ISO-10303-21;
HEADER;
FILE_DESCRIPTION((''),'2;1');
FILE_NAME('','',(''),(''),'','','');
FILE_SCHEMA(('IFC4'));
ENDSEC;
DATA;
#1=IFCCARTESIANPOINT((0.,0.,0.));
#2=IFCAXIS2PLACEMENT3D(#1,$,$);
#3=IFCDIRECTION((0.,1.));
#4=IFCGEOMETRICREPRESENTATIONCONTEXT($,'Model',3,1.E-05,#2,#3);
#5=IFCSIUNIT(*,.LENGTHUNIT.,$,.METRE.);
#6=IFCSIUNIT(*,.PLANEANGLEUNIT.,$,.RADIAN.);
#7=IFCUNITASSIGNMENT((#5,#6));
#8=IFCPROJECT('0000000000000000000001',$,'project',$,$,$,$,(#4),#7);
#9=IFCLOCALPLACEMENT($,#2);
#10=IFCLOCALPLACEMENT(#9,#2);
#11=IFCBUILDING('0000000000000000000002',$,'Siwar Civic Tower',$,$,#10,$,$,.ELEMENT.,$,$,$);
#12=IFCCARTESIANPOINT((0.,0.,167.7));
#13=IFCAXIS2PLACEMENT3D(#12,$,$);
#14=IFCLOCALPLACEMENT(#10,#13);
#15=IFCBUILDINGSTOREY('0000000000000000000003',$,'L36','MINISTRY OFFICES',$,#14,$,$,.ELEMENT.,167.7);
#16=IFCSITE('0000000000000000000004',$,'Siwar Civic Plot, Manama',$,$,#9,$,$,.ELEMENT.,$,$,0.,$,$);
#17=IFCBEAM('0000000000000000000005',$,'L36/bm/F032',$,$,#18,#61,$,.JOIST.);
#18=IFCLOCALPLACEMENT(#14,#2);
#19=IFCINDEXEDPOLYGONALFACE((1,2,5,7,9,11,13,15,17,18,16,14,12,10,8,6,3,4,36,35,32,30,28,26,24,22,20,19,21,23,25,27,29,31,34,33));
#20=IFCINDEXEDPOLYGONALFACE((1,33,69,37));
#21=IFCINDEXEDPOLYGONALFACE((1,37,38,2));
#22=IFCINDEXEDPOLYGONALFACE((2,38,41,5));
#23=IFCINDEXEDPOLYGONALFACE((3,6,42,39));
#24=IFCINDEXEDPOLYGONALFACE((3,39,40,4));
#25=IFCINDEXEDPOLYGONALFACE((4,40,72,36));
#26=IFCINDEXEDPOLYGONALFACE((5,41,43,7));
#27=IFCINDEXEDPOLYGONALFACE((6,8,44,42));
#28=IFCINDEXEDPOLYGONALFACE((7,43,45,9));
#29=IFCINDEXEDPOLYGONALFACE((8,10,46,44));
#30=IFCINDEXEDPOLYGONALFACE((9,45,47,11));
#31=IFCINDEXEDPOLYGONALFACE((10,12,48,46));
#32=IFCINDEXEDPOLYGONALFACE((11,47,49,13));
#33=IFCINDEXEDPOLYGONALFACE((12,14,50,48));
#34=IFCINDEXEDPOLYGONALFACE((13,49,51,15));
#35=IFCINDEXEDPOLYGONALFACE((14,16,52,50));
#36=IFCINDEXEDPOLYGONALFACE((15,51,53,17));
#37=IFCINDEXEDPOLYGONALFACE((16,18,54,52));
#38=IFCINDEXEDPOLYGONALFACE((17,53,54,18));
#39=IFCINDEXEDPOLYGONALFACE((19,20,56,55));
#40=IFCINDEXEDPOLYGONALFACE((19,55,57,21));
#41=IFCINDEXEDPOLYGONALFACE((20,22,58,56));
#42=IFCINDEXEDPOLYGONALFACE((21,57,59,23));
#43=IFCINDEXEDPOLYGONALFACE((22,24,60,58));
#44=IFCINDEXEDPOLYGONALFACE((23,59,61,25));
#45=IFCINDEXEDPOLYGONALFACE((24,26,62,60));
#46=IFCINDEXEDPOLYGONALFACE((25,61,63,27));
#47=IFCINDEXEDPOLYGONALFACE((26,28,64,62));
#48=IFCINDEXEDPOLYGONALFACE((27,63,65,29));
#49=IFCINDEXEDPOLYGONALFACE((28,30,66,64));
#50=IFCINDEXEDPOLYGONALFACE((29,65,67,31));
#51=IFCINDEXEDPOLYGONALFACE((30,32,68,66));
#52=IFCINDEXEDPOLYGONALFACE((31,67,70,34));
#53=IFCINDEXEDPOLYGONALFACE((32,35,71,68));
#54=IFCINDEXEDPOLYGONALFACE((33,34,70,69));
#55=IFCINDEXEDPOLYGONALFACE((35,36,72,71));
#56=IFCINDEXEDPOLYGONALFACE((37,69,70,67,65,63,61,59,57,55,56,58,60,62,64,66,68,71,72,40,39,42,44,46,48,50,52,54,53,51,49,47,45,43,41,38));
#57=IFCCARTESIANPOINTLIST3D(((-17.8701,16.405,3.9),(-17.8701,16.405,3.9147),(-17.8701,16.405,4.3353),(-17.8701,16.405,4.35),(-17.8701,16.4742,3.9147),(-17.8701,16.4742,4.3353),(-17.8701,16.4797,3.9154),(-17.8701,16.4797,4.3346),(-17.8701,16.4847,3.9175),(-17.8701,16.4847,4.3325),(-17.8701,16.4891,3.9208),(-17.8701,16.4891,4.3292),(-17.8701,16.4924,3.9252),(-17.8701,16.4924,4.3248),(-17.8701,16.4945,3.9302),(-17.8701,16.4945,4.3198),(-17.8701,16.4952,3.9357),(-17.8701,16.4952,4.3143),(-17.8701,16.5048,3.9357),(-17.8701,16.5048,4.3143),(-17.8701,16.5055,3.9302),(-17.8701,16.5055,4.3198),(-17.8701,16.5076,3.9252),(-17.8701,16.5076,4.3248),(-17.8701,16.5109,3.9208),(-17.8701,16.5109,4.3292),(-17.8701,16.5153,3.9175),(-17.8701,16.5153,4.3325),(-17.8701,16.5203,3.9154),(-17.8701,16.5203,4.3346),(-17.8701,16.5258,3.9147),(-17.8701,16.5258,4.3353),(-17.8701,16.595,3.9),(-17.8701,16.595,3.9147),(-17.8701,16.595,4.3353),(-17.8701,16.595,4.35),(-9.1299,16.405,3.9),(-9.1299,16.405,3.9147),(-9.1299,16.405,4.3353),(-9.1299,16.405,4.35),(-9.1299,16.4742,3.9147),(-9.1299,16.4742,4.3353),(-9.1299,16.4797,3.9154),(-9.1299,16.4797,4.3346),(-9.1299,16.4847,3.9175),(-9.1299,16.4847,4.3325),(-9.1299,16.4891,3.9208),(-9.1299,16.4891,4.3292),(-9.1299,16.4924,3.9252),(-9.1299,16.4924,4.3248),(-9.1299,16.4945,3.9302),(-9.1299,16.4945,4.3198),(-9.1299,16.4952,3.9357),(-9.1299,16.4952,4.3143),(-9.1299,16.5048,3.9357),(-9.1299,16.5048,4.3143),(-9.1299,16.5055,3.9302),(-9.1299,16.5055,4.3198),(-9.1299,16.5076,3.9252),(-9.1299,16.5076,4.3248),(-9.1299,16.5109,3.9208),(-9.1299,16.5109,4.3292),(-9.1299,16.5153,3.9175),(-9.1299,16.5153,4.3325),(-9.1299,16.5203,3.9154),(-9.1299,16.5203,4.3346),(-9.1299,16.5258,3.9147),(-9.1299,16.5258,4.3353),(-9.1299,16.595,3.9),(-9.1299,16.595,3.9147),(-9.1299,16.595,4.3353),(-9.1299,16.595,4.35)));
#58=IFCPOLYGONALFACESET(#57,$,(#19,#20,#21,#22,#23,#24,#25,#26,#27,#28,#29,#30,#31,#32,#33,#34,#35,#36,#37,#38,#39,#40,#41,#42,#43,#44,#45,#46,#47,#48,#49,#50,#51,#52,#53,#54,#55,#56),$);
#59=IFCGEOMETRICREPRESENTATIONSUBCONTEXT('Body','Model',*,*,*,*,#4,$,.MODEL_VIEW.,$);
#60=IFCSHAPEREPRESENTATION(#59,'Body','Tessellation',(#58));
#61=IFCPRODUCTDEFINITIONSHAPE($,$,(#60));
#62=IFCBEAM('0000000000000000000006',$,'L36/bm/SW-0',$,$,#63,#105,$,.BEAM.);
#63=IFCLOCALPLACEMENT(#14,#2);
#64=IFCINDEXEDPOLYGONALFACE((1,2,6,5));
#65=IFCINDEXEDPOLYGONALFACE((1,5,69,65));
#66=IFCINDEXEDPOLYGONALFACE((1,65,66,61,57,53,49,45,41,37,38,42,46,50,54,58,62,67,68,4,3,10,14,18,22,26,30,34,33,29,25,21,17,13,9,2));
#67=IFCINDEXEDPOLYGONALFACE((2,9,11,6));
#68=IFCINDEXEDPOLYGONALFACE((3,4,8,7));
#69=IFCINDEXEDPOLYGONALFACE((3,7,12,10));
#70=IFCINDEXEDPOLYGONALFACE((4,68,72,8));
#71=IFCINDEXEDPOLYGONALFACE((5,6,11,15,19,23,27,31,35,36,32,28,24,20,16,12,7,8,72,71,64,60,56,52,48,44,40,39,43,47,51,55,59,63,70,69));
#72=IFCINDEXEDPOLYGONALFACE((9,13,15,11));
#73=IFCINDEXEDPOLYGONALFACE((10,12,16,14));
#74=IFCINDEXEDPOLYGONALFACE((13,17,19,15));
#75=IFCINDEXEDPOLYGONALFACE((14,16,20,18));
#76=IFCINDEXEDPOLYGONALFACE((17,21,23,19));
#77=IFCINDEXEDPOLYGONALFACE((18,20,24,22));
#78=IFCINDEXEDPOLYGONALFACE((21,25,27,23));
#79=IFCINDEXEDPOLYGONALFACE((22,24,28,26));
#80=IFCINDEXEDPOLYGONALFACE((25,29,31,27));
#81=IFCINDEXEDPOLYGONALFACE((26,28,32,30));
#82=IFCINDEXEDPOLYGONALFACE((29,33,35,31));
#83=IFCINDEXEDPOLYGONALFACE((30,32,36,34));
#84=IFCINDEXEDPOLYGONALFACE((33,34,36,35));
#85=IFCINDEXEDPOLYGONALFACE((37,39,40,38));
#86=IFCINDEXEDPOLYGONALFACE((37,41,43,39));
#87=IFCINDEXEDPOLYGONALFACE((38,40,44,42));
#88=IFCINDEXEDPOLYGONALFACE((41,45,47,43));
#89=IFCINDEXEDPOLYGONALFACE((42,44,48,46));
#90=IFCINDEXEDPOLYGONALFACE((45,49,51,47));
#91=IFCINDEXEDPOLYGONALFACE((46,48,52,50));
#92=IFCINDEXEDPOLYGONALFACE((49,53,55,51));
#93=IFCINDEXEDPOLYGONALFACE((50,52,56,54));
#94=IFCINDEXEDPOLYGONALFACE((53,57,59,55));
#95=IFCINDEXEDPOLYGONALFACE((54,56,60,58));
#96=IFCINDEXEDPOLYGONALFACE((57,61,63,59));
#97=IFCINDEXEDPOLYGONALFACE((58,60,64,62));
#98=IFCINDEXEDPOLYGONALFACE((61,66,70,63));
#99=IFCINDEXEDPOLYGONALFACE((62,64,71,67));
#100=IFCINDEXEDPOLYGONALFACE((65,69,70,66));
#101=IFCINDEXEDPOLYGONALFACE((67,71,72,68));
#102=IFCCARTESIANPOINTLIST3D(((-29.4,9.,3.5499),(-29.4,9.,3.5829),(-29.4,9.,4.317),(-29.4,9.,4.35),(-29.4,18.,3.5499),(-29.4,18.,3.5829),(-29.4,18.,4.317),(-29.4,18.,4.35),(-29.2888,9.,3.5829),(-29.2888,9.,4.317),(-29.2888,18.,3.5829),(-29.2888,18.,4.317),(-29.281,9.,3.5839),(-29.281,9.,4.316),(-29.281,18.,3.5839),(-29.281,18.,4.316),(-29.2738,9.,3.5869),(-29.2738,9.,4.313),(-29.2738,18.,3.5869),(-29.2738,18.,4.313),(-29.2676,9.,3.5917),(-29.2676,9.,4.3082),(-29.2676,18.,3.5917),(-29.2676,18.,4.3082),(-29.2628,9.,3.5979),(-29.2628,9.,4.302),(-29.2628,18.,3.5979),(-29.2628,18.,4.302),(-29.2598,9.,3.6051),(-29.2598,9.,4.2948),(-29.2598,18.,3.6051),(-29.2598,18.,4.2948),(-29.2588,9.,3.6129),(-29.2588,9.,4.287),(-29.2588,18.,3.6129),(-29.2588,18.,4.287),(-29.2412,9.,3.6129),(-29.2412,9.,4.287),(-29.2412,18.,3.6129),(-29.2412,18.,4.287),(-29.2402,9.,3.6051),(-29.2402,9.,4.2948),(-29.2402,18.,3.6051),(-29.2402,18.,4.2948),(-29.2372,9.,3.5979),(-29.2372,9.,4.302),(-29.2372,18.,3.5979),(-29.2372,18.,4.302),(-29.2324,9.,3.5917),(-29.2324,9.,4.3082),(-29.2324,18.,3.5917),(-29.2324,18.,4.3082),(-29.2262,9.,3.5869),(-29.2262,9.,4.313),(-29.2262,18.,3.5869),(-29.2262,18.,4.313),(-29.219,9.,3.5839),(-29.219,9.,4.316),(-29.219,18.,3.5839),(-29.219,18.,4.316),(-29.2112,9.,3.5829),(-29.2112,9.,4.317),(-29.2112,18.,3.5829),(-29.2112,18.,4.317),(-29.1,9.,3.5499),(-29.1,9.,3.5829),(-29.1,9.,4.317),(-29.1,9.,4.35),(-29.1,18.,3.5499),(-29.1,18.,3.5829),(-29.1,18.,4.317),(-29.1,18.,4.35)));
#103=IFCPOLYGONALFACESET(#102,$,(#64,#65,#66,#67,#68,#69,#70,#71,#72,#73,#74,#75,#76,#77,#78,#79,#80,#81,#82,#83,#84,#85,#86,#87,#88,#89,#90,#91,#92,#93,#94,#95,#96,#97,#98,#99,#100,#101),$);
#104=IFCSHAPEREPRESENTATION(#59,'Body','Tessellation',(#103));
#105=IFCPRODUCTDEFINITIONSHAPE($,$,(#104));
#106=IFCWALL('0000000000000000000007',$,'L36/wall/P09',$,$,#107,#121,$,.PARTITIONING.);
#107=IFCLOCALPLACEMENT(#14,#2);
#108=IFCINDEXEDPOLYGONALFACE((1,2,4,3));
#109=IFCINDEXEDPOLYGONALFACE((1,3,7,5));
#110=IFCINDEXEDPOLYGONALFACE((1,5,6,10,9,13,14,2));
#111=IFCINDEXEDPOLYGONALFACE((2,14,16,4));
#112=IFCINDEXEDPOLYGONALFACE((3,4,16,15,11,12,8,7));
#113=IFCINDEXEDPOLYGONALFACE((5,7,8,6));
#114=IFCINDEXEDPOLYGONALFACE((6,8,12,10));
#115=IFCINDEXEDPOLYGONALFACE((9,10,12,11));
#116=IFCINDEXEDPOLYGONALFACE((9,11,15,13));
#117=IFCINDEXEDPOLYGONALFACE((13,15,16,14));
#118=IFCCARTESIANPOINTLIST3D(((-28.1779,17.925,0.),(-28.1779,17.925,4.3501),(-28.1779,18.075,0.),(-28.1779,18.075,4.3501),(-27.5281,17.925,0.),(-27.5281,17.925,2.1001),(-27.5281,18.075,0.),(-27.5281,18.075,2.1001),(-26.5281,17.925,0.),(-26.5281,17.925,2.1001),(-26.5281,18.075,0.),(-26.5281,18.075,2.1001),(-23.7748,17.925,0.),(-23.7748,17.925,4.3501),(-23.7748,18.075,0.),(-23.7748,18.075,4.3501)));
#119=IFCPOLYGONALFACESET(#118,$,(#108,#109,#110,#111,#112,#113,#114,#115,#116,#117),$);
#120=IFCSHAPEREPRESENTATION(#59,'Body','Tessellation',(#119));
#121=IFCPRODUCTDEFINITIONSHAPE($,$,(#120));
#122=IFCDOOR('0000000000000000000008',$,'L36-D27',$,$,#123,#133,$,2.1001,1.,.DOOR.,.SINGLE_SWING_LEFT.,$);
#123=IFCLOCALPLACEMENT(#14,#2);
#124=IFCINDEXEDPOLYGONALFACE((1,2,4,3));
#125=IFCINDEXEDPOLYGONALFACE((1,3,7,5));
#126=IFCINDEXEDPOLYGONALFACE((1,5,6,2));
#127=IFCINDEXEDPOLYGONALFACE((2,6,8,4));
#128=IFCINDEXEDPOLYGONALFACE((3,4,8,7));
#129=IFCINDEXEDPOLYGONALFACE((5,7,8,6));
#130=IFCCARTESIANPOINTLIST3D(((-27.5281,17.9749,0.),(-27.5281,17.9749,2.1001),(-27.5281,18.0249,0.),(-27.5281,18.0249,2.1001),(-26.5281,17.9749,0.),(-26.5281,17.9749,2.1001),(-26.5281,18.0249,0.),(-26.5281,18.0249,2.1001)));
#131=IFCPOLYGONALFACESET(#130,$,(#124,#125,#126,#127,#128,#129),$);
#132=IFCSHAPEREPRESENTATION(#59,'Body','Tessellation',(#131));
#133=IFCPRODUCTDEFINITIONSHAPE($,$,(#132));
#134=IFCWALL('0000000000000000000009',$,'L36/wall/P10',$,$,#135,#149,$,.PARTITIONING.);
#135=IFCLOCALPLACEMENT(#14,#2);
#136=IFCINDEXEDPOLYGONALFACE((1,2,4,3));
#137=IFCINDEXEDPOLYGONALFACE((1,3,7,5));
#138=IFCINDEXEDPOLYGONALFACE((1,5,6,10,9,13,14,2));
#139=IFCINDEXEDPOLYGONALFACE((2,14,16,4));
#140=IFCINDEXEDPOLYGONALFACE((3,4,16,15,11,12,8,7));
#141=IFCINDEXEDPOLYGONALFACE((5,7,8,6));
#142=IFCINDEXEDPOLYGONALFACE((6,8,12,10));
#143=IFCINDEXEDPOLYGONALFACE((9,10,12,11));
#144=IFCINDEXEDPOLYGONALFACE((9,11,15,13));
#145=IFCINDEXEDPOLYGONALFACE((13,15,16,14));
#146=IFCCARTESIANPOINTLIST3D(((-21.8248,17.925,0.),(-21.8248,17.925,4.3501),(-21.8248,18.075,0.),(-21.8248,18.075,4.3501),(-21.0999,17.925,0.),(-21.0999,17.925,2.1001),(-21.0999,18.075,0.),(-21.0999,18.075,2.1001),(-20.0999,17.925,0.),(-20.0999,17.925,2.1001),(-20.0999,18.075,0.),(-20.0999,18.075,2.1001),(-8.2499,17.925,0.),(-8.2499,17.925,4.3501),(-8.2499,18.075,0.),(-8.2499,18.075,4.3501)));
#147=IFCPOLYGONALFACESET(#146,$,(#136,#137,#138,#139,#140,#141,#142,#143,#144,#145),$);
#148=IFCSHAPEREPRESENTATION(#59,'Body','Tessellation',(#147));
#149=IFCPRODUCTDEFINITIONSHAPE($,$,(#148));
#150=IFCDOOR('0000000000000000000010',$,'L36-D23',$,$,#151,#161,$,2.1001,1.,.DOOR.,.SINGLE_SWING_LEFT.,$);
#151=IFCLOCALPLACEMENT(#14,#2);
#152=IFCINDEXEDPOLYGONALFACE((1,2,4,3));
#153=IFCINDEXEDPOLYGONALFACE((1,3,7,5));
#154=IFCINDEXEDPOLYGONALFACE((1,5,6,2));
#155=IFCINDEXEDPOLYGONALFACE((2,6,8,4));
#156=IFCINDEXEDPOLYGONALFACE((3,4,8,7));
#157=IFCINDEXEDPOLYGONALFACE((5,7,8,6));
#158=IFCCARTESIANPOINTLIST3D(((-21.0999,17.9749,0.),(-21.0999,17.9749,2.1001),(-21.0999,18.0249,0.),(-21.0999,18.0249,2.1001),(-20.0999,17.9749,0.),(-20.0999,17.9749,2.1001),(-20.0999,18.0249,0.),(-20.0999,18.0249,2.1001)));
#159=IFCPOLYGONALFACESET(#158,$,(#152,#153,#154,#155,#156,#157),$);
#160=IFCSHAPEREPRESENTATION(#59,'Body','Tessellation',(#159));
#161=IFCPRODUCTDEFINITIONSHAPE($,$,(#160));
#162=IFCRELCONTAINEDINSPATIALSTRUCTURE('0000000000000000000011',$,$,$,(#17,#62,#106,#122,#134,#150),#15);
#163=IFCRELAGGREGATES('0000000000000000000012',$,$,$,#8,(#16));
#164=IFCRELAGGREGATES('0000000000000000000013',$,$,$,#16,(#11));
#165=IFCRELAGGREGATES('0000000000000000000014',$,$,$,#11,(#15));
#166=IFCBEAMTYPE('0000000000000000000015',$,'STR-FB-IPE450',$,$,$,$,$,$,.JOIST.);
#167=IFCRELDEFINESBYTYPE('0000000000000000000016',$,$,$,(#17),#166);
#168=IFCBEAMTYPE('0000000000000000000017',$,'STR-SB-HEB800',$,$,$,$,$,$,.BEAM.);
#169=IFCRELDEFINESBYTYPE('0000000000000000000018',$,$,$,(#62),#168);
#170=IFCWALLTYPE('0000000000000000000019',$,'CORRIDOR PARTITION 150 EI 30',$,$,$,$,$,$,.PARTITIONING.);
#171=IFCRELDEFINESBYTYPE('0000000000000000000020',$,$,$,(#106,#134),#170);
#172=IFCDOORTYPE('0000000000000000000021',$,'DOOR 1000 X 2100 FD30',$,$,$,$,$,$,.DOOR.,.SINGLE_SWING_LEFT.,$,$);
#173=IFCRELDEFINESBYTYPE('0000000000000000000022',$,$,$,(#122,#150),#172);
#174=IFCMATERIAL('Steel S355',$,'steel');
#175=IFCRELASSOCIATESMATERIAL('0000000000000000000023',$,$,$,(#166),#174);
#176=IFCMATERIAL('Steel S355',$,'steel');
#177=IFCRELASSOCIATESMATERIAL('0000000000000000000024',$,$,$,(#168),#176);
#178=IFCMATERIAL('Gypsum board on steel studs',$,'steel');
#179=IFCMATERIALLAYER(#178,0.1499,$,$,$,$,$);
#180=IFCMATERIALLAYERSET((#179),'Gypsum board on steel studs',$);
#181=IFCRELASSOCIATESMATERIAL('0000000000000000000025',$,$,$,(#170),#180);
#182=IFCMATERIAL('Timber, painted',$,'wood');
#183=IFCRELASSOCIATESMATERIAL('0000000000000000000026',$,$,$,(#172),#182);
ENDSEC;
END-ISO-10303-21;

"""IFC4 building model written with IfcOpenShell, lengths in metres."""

from ifc_helpers import new_model, si_unit, direction, frame, frame_2d, origin, origin_2d, place, context, subcontext, project, spatial, rectangle, i_section, extrude, material, layer, layer_set, material_profile, profile_set, type_object, element, fill, save


model = new_model("IFC4")

# Units and contexts
model_context = context("Model", 3, precision=1e-05, world=origin(), true_north=direction((0.0, 1.0)))
body_context = subcontext(model_context, "Body", "Model", "MODEL_VIEW")
ifc_project = project(units=[si_unit("LENGTHUNIT", "METRE"), si_unit("PLANEANGLEUNIT", "RADIAN")], contexts=[model_context])

# Site, building, storey
site_placement = place(None, origin())
site = spatial("IfcSite", under=ifc_project, at=site_placement, Name="Siwar Civic Plot, Manama", CompositionType="ELEMENT", RefElevation=0.0)
building_placement = place(site_placement, origin())
building = spatial("IfcBuilding", under=site, at=building_placement, Name="Siwar Civic Tower", CompositionType="ELEMENT")
storey_placement = place(building_placement, frame((0.0, 0.0, 167.7)))
storey = spatial("IfcBuildingStorey", under=building, at=storey_placement, Name="L36", Description="MINISTRY OFFICES", CompositionType="ELEMENT", Elevation=167.7)

# Beams
ifc_material_1 = material(Name="Steel S355", Category="steel")
ifc_material_profile_1 = material_profile(ifc_material_1, i_section(OverallWidth=0.1899, OverallDepth=0.45, WebThickness=0.0095, FlangeThickness=0.0146, FilletRadius=0.021, at=origin_2d()), Name="IPE450")
ifc_profile_set_1 = profile_set([ifc_material_profile_1], Name="Steel S355")
beam_type_1 = type_object("IfcBeamType", Name="STR-FB-IPE450", PredefinedType="JOIST", material=ifc_profile_set_1)
beam_1_placement = place(storey_placement, frame((-17.8701, 16.5, 4.125), z_axis=(1.0, 0.0, 0.0), x_axis=(0.0, 1.0, 0.0)))
element("IfcBeam", 1, at=beam_1_placement, inside=storey, type_object=beam_type_1, Name="L36/bm/F032", PredefinedType="JOIST", context=body_context, shape_type="SweptSolid", body=[
    extrude(i_section(OverallWidth=0.1899, OverallDepth=0.45, WebThickness=0.0095, FlangeThickness=0.0146, FilletRadius=0.021, at=origin_2d()), origin(), (0.0, 0.0, 1.0), 8.7402),
])
ifc_material_2 = material(Name="Steel S355", Category="steel")
ifc_material_profile_2 = material_profile(ifc_material_2, i_section(OverallWidth=0.3, OverallDepth=0.8, WebThickness=0.0176, FlangeThickness=0.033, FilletRadius=0.03, at=origin_2d()), Name="HEB800")
ifc_profile_set_2 = profile_set([ifc_material_profile_2], Name="Steel S355")
beam_type_2 = type_object("IfcBeamType", Name="STR-SB-HEB800", PredefinedType="BEAM", material=ifc_profile_set_2)
beam_2_placement = place(storey_placement, frame((-29.25, 18.0, 3.95), z_axis=(0.0, -1.0, 0.0), x_axis=(1.0, 0.0, 0.0)))
element("IfcBeam", 2, at=beam_2_placement, inside=storey, type_object=beam_type_2, Name="L36/bm/SW-0", PredefinedType="BEAM", context=body_context, shape_type="SweptSolid", body=[
    extrude(i_section(OverallWidth=0.3, OverallDepth=0.8, WebThickness=0.0176, FlangeThickness=0.033, FilletRadius=0.03, at=origin_2d()), origin(), (0.0, 0.0, 1.0), 9.0),
])

# Walls, openings, doors
ifc_material_3 = material(Name="Gypsum board on steel studs", Category="steel")
ifc_layer_1 = layer(ifc_material_3, 0.1499)
ifc_layer_set_1 = layer_set([ifc_layer_1], Name="Gypsum board on steel studs")
wall_type_1 = type_object("IfcWallType", Name="CORRIDOR PARTITION 150 EI 30", PredefinedType="PARTITIONING", material=ifc_layer_set_1)
wall_1_placement = place(storey_placement, frame((-28.178, 18.0, 0.0), z_axis=(0.0, 0.0, 1.0), x_axis=(1.0, 0.0, 0.0)))
wall_1 = element("IfcWall", 3, at=wall_1_placement, inside=storey, type_object=wall_type_1, Name="L36/wall/P09", PredefinedType="PARTITIONING", context=body_context, shape_type="SweptSolid", body=[
    extrude(rectangle(XDim=4.4031, YDim=0.1499, at=frame_2d((2.2017, 0.0))), origin(), (0.0, 0.0, 1.0), 4.3501),
])
opening_1_placement = place(wall_1_placement, frame((0.6499, 0.0, 0.0)))
opening_1 = element("IfcOpeningElement", 4, at=opening_1_placement, cuts=wall_1, PredefinedType="OPENING", context=body_context, shape_type="SweptSolid", body=[
    extrude(rectangle(XDim=1.0, YDim=2.1001, at=frame_2d((0.5, 1.05))), frame((0.0, 0.085, 0.0), z_axis=(0.0, -1.0, 0.0), x_axis=(1.0, 0.0, 0.0)), (0.0, 0.0, 1.0), 0.1699),
])
ifc_material_4 = material(Name="Timber, painted", Category="wood")
door_type_1 = type_object("IfcDoorType", Name="DOOR 1000 X 2100 FD30", OperationType="SINGLE_SWING_LEFT", PredefinedType="DOOR", material=ifc_material_4)
door_1_placement = place(opening_1_placement, origin())
door_1 = element("IfcDoor", 5, at=door_1_placement, inside=storey, type_object=door_type_1, Name="L36-D27", OperationType="SINGLE_SWING_LEFT", OverallHeight=2.1001, OverallWidth=1.0, PredefinedType="DOOR", context=body_context, shape_type="SweptSolid", body=[
    extrude(rectangle(XDim=1.0, YDim=2.1001, at=frame_2d((0.5, 1.05))), frame((0.0, 0.0249, 0.0), z_axis=(0.0, -1.0, 0.0), x_axis=(1.0, 0.0, 0.0)), (0.0, 0.0, 1.0), 0.05),
])
fill(opening_1, door_1)
wall_2_placement = place(storey_placement, frame((-21.825, 18.0, 0.0), z_axis=(0.0, 0.0, 1.0), x_axis=(1.0, 0.0, 0.0)))
wall_2 = element("IfcWall", 6, at=wall_2_placement, inside=storey, type_object=wall_type_1, Name="L36/wall/P10", PredefinedType="PARTITIONING", context=body_context, shape_type="SweptSolid", body=[
    extrude(rectangle(XDim=13.575, YDim=0.1499, at=frame_2d((6.7876, 0.0))), origin(), (0.0, 0.0, 1.0), 4.3501),
])
opening_2_placement = place(wall_2_placement, frame((0.7251, 0.0, 0.0)))
opening_2 = element("IfcOpeningElement", 7, at=opening_2_placement, cuts=wall_2, PredefinedType="OPENING", context=body_context, shape_type="SweptSolid", body=[
    extrude(rectangle(XDim=1.0, YDim=2.1001, at=frame_2d((0.5, 1.05))), frame((0.0, 0.085, 0.0), z_axis=(0.0, -1.0, 0.0), x_axis=(1.0, 0.0, 0.0)), (0.0, 0.0, 1.0), 0.1699),
])
door_2_placement = place(opening_2_placement, origin())
door_2 = element("IfcDoor", 8, at=door_2_placement, inside=storey, type_object=door_type_1, Name="L36-D23", OperationType="SINGLE_SWING_LEFT", OverallHeight=2.1001, OverallWidth=1.0, PredefinedType="DOOR", context=body_context, shape_type="SweptSolid", body=[
    extrude(rectangle(XDim=1.0, YDim=2.1001, at=frame_2d((0.5, 1.05))), frame((0.0, 0.0249, 0.0), z_axis=(0.0, -1.0, 0.0), x_axis=(1.0, 0.0, 0.0)), (0.0, 0.0, 1.0), 0.05),
])
fill(opening_2, door_2)

save(model, "model.ifc")
